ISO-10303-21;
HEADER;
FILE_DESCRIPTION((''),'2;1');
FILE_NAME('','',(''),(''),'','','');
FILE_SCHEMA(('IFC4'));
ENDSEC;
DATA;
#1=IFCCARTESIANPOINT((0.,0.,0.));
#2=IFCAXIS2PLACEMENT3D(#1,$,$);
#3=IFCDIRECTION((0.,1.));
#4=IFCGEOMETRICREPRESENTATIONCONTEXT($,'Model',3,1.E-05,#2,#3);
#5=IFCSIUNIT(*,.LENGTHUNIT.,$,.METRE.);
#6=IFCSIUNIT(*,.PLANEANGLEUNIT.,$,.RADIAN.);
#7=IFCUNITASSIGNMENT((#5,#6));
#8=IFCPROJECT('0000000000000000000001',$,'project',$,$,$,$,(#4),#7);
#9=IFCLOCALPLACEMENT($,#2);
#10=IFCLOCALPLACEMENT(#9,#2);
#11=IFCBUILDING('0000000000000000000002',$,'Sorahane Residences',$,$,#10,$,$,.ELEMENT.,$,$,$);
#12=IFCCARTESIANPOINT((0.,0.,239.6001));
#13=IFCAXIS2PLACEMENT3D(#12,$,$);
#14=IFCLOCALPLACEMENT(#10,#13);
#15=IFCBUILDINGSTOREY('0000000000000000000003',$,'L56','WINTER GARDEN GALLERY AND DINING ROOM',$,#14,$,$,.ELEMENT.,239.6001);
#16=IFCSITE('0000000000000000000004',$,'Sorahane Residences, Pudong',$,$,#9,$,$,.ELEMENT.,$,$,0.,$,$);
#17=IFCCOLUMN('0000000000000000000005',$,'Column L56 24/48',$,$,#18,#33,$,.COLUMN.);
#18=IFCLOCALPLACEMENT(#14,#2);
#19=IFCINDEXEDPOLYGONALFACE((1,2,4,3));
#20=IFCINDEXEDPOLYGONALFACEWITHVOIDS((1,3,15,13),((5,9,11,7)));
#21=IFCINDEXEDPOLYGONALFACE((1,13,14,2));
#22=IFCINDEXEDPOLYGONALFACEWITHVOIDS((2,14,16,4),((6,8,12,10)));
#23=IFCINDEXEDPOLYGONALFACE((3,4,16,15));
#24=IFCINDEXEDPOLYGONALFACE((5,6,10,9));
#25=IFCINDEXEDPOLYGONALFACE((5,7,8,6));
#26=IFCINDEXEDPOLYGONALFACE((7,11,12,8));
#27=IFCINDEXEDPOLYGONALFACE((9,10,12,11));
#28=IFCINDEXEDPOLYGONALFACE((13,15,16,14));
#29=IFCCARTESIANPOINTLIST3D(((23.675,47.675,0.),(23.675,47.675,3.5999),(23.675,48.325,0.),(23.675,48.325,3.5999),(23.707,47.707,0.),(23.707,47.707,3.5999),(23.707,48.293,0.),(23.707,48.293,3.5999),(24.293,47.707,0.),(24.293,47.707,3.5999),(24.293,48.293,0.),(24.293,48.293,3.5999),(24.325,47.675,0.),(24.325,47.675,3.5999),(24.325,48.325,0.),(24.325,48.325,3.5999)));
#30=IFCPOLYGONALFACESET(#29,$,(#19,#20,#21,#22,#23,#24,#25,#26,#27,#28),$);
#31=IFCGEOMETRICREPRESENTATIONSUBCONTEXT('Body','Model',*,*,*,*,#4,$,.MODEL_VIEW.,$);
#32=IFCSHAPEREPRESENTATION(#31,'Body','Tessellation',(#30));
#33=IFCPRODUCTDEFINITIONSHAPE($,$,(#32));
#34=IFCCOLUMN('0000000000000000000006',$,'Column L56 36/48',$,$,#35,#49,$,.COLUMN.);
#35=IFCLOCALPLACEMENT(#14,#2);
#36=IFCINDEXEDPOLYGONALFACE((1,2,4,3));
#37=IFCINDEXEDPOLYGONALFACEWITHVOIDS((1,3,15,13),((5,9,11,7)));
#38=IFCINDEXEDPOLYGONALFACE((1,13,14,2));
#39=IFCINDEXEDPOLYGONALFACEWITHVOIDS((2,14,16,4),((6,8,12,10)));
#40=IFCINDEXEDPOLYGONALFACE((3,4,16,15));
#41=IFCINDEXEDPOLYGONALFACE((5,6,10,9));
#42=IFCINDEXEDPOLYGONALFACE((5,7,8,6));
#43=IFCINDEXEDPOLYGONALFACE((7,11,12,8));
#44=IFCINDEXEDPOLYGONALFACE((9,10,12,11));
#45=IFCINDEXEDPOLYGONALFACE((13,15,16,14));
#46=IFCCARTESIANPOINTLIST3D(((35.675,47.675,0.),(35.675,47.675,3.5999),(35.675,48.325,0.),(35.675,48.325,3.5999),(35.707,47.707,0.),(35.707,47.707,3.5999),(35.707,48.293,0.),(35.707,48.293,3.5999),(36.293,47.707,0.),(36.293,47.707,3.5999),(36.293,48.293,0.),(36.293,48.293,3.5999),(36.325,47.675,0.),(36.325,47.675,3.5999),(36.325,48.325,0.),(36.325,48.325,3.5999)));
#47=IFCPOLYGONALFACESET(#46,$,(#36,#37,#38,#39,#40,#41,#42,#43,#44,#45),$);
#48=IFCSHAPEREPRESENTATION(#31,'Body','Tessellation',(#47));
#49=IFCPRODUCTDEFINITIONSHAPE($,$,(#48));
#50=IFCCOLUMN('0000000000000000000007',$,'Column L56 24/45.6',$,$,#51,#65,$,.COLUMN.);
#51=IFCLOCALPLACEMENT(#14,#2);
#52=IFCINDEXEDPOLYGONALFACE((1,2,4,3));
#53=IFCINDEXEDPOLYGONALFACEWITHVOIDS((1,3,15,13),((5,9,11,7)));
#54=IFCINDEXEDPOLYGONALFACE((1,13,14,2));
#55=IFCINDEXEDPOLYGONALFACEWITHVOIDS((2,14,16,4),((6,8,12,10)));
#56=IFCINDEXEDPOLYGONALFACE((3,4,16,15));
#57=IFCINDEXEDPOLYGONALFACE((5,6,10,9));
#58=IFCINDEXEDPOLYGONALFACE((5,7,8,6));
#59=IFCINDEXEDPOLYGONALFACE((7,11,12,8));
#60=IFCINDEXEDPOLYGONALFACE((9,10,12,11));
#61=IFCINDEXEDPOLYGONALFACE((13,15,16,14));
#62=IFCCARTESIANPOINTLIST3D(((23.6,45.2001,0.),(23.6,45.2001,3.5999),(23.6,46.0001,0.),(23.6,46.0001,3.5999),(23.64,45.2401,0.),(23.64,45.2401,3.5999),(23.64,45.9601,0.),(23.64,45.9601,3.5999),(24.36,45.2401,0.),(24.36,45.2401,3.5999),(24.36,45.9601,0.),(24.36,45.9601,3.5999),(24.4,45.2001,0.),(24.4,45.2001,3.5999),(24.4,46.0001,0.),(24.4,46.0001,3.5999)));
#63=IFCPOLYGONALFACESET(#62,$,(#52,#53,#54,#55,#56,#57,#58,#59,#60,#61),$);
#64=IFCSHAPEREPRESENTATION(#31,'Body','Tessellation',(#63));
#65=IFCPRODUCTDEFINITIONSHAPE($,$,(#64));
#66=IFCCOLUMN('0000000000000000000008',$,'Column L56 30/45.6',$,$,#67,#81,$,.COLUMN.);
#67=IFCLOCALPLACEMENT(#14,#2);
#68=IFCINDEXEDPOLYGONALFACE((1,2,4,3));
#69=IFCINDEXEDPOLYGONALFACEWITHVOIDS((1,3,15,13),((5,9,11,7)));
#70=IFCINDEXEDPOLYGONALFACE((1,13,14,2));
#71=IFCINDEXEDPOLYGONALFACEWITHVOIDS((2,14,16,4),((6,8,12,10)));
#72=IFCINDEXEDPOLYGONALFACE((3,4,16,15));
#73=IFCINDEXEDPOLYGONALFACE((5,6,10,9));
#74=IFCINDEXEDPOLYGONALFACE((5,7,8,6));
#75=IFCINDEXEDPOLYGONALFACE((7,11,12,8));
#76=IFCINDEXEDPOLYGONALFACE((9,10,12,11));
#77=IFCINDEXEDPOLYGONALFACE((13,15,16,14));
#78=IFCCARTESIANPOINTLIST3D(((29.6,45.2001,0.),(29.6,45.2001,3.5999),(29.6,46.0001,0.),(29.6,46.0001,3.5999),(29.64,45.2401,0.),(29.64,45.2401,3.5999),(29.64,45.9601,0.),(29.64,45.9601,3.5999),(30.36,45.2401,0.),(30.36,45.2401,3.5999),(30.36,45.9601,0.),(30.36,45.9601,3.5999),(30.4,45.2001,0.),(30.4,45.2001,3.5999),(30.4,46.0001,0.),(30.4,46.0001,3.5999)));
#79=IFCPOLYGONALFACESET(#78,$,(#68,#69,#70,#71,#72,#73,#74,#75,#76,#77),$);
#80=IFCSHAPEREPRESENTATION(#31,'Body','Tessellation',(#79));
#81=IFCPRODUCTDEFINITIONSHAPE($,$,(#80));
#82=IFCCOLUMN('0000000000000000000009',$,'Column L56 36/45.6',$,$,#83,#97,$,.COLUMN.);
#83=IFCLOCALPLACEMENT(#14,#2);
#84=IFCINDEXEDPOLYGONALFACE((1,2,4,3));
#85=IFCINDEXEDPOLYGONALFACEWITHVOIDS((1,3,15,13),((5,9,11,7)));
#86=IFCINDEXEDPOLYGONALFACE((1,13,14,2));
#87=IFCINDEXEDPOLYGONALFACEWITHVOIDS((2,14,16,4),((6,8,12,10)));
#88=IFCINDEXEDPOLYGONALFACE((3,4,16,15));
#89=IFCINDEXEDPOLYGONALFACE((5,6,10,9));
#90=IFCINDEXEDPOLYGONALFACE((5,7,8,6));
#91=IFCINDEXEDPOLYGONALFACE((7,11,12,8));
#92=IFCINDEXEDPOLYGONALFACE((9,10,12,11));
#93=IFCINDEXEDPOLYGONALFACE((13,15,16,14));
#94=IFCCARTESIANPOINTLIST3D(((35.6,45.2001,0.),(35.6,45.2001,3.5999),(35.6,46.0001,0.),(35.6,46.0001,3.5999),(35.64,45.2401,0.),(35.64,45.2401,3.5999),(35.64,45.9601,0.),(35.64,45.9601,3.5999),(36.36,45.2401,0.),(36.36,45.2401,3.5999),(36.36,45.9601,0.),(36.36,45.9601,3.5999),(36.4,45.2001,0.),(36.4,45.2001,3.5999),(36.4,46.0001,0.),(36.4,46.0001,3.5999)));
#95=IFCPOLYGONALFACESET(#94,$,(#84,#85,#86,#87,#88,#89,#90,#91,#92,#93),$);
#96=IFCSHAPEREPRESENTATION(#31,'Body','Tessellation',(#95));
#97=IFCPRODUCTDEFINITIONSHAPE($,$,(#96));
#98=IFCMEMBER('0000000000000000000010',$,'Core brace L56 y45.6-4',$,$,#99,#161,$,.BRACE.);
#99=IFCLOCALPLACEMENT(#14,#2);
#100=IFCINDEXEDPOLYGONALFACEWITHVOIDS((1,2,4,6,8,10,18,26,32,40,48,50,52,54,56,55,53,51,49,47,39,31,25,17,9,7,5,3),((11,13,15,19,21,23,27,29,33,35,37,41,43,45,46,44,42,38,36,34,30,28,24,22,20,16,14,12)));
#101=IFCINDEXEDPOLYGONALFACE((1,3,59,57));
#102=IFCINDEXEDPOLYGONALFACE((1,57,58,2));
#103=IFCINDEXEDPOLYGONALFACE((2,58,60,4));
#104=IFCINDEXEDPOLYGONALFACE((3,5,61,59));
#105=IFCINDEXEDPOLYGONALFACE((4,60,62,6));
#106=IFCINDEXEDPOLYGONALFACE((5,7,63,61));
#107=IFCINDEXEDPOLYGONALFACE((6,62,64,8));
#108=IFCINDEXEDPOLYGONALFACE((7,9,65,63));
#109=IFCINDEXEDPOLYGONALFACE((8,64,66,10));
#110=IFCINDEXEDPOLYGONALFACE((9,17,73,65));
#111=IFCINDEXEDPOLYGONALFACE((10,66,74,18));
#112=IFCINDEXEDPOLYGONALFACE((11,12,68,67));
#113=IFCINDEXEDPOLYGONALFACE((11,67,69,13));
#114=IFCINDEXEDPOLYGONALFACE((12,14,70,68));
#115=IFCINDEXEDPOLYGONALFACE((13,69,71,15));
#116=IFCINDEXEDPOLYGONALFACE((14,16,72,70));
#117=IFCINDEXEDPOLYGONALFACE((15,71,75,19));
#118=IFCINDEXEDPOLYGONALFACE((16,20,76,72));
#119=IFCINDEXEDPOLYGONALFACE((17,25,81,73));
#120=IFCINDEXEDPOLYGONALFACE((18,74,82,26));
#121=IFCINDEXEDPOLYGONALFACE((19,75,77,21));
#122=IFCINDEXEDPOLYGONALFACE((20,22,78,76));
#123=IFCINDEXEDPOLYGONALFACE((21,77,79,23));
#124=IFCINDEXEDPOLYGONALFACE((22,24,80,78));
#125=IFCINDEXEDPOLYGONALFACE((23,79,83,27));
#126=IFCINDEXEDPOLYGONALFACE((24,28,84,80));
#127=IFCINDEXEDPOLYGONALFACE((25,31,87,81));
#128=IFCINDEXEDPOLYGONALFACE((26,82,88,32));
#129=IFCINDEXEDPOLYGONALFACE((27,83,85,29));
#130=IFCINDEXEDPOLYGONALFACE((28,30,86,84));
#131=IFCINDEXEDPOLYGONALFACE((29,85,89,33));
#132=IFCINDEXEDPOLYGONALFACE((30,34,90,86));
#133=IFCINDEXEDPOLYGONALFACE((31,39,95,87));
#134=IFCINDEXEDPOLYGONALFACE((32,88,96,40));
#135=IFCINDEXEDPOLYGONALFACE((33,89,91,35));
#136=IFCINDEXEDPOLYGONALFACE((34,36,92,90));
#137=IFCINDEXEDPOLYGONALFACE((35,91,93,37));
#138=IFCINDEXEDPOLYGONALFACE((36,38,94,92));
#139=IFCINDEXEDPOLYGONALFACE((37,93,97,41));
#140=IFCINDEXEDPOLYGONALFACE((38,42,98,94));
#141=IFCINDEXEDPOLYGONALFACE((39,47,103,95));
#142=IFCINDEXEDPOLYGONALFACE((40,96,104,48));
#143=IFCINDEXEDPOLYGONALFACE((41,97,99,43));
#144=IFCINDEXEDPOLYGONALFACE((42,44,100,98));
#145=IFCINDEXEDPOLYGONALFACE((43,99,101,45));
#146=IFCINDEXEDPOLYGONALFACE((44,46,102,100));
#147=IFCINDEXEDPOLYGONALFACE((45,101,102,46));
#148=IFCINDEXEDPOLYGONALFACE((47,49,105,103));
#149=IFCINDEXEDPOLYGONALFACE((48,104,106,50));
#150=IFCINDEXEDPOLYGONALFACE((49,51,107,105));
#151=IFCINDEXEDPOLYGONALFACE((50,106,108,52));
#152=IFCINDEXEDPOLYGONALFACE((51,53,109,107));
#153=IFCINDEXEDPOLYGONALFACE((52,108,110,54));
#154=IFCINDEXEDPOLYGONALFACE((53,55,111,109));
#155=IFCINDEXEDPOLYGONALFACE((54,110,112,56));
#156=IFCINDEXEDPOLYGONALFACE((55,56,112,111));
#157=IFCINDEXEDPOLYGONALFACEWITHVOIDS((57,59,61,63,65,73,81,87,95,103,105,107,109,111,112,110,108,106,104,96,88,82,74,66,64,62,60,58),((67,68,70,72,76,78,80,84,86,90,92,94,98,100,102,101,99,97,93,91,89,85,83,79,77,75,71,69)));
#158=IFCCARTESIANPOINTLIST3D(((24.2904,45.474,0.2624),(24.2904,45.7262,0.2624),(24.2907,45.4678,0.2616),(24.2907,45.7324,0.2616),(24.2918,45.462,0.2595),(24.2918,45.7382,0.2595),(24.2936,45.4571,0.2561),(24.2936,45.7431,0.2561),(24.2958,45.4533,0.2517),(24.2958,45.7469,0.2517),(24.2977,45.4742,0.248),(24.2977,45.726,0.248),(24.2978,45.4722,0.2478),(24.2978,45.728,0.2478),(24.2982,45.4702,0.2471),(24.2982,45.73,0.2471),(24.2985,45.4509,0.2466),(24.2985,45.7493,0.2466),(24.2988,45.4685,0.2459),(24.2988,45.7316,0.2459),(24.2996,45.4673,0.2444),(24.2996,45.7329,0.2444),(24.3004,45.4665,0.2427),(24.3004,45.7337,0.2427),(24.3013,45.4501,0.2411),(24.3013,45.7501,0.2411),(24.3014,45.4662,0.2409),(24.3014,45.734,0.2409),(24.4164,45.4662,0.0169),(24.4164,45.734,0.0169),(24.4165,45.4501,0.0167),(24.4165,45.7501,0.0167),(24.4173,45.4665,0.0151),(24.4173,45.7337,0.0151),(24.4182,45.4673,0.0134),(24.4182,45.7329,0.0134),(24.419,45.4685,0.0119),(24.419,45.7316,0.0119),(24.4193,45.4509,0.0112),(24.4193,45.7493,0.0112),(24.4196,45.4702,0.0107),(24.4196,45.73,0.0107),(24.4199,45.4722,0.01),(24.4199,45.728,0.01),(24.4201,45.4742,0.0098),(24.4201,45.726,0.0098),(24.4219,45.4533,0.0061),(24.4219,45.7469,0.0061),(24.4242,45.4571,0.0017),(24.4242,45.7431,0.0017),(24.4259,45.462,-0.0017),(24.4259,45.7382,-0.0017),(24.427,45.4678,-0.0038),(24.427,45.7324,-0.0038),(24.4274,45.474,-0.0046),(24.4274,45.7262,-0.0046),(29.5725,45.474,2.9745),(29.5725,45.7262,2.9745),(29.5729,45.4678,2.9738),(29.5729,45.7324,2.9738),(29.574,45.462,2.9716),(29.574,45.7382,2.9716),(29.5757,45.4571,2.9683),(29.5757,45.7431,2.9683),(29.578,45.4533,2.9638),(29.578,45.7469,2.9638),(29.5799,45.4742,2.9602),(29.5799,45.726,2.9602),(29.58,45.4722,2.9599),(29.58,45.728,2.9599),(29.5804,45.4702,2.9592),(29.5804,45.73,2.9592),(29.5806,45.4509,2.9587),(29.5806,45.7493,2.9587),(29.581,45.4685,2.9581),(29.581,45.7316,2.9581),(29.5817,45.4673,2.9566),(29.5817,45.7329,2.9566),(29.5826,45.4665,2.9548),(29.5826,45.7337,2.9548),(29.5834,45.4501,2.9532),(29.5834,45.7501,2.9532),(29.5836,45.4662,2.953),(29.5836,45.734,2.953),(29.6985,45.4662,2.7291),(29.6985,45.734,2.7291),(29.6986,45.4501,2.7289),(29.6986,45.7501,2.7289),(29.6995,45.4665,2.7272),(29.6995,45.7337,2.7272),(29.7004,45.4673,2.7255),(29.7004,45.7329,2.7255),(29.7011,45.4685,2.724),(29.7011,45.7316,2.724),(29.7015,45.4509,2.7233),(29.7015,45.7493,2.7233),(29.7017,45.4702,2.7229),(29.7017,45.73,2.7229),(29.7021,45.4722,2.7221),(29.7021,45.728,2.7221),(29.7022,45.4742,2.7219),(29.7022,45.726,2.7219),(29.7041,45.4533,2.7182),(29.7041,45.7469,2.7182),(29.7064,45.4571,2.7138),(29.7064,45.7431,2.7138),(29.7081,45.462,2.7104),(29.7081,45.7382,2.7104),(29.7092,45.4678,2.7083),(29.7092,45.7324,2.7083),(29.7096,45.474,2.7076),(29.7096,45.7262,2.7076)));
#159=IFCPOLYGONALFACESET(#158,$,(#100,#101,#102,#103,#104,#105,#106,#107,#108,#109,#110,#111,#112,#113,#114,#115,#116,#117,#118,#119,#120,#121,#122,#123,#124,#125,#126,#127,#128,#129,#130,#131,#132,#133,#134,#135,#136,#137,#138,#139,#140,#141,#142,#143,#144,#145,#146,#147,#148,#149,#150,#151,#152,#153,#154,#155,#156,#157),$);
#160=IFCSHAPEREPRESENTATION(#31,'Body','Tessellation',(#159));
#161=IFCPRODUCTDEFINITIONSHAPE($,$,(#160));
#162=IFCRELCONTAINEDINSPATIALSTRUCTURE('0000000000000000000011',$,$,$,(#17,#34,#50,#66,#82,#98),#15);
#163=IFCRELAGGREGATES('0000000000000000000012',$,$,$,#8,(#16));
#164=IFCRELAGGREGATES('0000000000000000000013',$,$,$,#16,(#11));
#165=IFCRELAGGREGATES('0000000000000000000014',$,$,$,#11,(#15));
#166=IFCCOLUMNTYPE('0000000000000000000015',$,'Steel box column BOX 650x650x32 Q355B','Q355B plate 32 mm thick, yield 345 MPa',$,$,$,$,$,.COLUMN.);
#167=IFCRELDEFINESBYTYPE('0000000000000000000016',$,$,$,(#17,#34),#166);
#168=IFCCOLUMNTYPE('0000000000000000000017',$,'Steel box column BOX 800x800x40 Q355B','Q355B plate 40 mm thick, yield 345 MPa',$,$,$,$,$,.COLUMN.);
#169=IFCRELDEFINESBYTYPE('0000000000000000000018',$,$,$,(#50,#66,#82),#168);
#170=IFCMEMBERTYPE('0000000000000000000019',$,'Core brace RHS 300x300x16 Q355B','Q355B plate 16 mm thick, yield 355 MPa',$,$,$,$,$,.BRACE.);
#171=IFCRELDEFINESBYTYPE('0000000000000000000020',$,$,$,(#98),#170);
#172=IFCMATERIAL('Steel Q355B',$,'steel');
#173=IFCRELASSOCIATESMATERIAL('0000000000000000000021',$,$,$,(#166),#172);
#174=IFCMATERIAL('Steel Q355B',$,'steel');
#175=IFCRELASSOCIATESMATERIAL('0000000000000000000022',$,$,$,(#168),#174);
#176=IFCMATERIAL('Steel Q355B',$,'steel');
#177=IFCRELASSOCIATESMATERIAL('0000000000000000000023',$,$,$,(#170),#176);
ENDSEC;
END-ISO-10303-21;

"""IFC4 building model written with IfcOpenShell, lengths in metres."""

from ifc_helpers import new_model, si_unit, direction, frame, origin, origin_2d, place, context, subcontext, project, spatial, hollow_rectangle, extrude, material, material_profile, profile_set, type_object, element, save


model = new_model("IFC4")

# Units and contexts
model_context = context("Model", 3, precision=1e-05, world=origin(), true_north=direction((0.0, 1.0)))
body_context = subcontext(model_context, "Body", "Model", "MODEL_VIEW")
ifc_project = project(units=[si_unit("LENGTHUNIT", "METRE"), si_unit("PLANEANGLEUNIT", "RADIAN")], contexts=[model_context])

# Site, building, storey
site_placement = place(None, origin())
site = spatial("IfcSite", under=ifc_project, at=site_placement, Name="Sorahane Residences, Pudong", CompositionType="ELEMENT", RefElevation=0.0)
building_placement = place(site_placement, origin())
building = spatial("IfcBuilding", under=site, at=building_placement, Name="Sorahane Residences", CompositionType="ELEMENT")
storey_placement = place(building_placement, frame((0.0, 0.0, 239.6001)))
storey = spatial("IfcBuildingStorey", under=building, at=storey_placement, Name="L56", Description="WINTER GARDEN GALLERY AND DINING ROOM", CompositionType="ELEMENT", Elevation=239.6001)

# Columns
ifc_material_1 = material(Name="Steel Q355B", Category="steel")
ifc_material_profile_1 = material_profile(ifc_material_1, hollow_rectangle(XDim=0.6499, YDim=0.6499, WallThickness=0.032, at=origin_2d()), Name="BOX 650x650x32")
ifc_profile_set_1 = profile_set([ifc_material_profile_1], Name="Steel Q355B")
column_type_1 = type_object("IfcColumnType", Name="Steel box column BOX 650x650x32 Q355B", Description="Q355B plate 32 mm thick, yield 345 MPa", PredefinedType="COLUMN", material=ifc_profile_set_1)
for number, where, z_axis, x_axis, name in (
    (1, (24.0, 48.0, 0.0), (0.0, 0.0, 1.0), (1.0, 0.0, 0.0), "Column L56 24/48"),
    (2, (36.0, 48.0, 0.0), (0.0, 0.0, 1.0), (1.0, 0.0, 0.0), "Column L56 36/48"),
):
    element("IfcColumn", number, at=place(storey_placement, frame(where, z_axis=z_axis, x_axis=x_axis)), inside=storey, type_object=column_type_1, Name=name, PredefinedType="COLUMN", context=body_context, shape_type="SweptSolid", body=[
        extrude(hollow_rectangle(XDim=0.6499, YDim=0.6499, WallThickness=0.032, at=origin_2d()), origin(), (0.0, 0.0, 1.0), 3.5999),
    ])
ifc_material_2 = material(Name="Steel Q355B", Category="steel")
ifc_material_profile_2 = material_profile(ifc_material_2, hollow_rectangle(XDim=0.8, YDim=0.8, WallThickness=0.04, at=origin_2d()), Name="BOX 800x800x40")
ifc_profile_set_2 = profile_set([ifc_material_profile_2], Name="Steel Q355B")
column_type_2 = type_object("IfcColumnType", Name="Steel box column BOX 800x800x40 Q355B", Description="Q355B plate 40 mm thick, yield 345 MPa", PredefinedType="COLUMN", material=ifc_profile_set_2)
for number, where, z_axis, x_axis, name in (
    (3, (24.0, 45.6001, 0.0), (0.0, 0.0, 1.0), (1.0, 0.0, 0.0), "Column L56 24/45.6"),
    (4, (30.0, 45.6001, 0.0), (0.0, 0.0, 1.0), (1.0, 0.0, 0.0), "Column L56 30/45.6"),
    (5, (36.0, 45.6001, 0.0), (0.0, 0.0, 1.0), (1.0, 0.0, 0.0), "Column L56 36/45.6"),
):
    element("IfcColumn", number, at=place(storey_placement, frame(where, z_axis=z_axis, x_axis=x_axis)), inside=storey, type_object=column_type_2, Name=name, PredefinedType="COLUMN", context=body_context, shape_type="SweptSolid", body=[
        extrude(hollow_rectangle(XDim=0.8, YDim=0.8, WallThickness=0.04, at=origin_2d()), origin(), (0.0, 0.0, 1.0), 3.5999),
    ])

# Member
ifc_material_3 = material(Name="Steel Q355B", Category="steel")
ifc_material_profile_3 = material_profile(ifc_material_3, hollow_rectangle(XDim=0.3, YDim=0.3, WallThickness=0.0161, InnerFilletRadius=0.0081, OuterFilletRadius=0.0239, at=origin_2d()), Name="RHS 300x300x16")
ifc_profile_set_3 = profile_set([ifc_material_profile_3], Name="Steel Q355B")
member_type_1 = type_object("IfcMemberType", Name="Core brace RHS 300x300x16 Q355B", Description="Q355B plate 16 mm thick, yield 355 MPa", PredefinedType="BRACE", material=ifc_profile_set_3)
for number, where, z_axis, x_axis, name in (
    (6, (24.3589, 45.6001, 0.1289), (0.88959, 0.0, 0.45676), (0.0, 1.0, 0.0), "Core brace L56 y45.6-4"),
):
    element("IfcMember", number, at=place(storey_placement, frame(where, z_axis=z_axis, x_axis=x_axis)), inside=storey, type_object=member_type_1, Name=name, PredefinedType="BRACE", context=body_context, shape_type="SweptSolid", body=[
        extrude(hollow_rectangle(XDim=0.3, YDim=0.3, WallThickness=0.0161, InnerFilletRadius=0.0081, OuterFilletRadius=0.0239, at=origin_2d()), origin(), (0.0, 0.0, 1.0), 5.9377),
    ])

save(model, "model.ifc")
